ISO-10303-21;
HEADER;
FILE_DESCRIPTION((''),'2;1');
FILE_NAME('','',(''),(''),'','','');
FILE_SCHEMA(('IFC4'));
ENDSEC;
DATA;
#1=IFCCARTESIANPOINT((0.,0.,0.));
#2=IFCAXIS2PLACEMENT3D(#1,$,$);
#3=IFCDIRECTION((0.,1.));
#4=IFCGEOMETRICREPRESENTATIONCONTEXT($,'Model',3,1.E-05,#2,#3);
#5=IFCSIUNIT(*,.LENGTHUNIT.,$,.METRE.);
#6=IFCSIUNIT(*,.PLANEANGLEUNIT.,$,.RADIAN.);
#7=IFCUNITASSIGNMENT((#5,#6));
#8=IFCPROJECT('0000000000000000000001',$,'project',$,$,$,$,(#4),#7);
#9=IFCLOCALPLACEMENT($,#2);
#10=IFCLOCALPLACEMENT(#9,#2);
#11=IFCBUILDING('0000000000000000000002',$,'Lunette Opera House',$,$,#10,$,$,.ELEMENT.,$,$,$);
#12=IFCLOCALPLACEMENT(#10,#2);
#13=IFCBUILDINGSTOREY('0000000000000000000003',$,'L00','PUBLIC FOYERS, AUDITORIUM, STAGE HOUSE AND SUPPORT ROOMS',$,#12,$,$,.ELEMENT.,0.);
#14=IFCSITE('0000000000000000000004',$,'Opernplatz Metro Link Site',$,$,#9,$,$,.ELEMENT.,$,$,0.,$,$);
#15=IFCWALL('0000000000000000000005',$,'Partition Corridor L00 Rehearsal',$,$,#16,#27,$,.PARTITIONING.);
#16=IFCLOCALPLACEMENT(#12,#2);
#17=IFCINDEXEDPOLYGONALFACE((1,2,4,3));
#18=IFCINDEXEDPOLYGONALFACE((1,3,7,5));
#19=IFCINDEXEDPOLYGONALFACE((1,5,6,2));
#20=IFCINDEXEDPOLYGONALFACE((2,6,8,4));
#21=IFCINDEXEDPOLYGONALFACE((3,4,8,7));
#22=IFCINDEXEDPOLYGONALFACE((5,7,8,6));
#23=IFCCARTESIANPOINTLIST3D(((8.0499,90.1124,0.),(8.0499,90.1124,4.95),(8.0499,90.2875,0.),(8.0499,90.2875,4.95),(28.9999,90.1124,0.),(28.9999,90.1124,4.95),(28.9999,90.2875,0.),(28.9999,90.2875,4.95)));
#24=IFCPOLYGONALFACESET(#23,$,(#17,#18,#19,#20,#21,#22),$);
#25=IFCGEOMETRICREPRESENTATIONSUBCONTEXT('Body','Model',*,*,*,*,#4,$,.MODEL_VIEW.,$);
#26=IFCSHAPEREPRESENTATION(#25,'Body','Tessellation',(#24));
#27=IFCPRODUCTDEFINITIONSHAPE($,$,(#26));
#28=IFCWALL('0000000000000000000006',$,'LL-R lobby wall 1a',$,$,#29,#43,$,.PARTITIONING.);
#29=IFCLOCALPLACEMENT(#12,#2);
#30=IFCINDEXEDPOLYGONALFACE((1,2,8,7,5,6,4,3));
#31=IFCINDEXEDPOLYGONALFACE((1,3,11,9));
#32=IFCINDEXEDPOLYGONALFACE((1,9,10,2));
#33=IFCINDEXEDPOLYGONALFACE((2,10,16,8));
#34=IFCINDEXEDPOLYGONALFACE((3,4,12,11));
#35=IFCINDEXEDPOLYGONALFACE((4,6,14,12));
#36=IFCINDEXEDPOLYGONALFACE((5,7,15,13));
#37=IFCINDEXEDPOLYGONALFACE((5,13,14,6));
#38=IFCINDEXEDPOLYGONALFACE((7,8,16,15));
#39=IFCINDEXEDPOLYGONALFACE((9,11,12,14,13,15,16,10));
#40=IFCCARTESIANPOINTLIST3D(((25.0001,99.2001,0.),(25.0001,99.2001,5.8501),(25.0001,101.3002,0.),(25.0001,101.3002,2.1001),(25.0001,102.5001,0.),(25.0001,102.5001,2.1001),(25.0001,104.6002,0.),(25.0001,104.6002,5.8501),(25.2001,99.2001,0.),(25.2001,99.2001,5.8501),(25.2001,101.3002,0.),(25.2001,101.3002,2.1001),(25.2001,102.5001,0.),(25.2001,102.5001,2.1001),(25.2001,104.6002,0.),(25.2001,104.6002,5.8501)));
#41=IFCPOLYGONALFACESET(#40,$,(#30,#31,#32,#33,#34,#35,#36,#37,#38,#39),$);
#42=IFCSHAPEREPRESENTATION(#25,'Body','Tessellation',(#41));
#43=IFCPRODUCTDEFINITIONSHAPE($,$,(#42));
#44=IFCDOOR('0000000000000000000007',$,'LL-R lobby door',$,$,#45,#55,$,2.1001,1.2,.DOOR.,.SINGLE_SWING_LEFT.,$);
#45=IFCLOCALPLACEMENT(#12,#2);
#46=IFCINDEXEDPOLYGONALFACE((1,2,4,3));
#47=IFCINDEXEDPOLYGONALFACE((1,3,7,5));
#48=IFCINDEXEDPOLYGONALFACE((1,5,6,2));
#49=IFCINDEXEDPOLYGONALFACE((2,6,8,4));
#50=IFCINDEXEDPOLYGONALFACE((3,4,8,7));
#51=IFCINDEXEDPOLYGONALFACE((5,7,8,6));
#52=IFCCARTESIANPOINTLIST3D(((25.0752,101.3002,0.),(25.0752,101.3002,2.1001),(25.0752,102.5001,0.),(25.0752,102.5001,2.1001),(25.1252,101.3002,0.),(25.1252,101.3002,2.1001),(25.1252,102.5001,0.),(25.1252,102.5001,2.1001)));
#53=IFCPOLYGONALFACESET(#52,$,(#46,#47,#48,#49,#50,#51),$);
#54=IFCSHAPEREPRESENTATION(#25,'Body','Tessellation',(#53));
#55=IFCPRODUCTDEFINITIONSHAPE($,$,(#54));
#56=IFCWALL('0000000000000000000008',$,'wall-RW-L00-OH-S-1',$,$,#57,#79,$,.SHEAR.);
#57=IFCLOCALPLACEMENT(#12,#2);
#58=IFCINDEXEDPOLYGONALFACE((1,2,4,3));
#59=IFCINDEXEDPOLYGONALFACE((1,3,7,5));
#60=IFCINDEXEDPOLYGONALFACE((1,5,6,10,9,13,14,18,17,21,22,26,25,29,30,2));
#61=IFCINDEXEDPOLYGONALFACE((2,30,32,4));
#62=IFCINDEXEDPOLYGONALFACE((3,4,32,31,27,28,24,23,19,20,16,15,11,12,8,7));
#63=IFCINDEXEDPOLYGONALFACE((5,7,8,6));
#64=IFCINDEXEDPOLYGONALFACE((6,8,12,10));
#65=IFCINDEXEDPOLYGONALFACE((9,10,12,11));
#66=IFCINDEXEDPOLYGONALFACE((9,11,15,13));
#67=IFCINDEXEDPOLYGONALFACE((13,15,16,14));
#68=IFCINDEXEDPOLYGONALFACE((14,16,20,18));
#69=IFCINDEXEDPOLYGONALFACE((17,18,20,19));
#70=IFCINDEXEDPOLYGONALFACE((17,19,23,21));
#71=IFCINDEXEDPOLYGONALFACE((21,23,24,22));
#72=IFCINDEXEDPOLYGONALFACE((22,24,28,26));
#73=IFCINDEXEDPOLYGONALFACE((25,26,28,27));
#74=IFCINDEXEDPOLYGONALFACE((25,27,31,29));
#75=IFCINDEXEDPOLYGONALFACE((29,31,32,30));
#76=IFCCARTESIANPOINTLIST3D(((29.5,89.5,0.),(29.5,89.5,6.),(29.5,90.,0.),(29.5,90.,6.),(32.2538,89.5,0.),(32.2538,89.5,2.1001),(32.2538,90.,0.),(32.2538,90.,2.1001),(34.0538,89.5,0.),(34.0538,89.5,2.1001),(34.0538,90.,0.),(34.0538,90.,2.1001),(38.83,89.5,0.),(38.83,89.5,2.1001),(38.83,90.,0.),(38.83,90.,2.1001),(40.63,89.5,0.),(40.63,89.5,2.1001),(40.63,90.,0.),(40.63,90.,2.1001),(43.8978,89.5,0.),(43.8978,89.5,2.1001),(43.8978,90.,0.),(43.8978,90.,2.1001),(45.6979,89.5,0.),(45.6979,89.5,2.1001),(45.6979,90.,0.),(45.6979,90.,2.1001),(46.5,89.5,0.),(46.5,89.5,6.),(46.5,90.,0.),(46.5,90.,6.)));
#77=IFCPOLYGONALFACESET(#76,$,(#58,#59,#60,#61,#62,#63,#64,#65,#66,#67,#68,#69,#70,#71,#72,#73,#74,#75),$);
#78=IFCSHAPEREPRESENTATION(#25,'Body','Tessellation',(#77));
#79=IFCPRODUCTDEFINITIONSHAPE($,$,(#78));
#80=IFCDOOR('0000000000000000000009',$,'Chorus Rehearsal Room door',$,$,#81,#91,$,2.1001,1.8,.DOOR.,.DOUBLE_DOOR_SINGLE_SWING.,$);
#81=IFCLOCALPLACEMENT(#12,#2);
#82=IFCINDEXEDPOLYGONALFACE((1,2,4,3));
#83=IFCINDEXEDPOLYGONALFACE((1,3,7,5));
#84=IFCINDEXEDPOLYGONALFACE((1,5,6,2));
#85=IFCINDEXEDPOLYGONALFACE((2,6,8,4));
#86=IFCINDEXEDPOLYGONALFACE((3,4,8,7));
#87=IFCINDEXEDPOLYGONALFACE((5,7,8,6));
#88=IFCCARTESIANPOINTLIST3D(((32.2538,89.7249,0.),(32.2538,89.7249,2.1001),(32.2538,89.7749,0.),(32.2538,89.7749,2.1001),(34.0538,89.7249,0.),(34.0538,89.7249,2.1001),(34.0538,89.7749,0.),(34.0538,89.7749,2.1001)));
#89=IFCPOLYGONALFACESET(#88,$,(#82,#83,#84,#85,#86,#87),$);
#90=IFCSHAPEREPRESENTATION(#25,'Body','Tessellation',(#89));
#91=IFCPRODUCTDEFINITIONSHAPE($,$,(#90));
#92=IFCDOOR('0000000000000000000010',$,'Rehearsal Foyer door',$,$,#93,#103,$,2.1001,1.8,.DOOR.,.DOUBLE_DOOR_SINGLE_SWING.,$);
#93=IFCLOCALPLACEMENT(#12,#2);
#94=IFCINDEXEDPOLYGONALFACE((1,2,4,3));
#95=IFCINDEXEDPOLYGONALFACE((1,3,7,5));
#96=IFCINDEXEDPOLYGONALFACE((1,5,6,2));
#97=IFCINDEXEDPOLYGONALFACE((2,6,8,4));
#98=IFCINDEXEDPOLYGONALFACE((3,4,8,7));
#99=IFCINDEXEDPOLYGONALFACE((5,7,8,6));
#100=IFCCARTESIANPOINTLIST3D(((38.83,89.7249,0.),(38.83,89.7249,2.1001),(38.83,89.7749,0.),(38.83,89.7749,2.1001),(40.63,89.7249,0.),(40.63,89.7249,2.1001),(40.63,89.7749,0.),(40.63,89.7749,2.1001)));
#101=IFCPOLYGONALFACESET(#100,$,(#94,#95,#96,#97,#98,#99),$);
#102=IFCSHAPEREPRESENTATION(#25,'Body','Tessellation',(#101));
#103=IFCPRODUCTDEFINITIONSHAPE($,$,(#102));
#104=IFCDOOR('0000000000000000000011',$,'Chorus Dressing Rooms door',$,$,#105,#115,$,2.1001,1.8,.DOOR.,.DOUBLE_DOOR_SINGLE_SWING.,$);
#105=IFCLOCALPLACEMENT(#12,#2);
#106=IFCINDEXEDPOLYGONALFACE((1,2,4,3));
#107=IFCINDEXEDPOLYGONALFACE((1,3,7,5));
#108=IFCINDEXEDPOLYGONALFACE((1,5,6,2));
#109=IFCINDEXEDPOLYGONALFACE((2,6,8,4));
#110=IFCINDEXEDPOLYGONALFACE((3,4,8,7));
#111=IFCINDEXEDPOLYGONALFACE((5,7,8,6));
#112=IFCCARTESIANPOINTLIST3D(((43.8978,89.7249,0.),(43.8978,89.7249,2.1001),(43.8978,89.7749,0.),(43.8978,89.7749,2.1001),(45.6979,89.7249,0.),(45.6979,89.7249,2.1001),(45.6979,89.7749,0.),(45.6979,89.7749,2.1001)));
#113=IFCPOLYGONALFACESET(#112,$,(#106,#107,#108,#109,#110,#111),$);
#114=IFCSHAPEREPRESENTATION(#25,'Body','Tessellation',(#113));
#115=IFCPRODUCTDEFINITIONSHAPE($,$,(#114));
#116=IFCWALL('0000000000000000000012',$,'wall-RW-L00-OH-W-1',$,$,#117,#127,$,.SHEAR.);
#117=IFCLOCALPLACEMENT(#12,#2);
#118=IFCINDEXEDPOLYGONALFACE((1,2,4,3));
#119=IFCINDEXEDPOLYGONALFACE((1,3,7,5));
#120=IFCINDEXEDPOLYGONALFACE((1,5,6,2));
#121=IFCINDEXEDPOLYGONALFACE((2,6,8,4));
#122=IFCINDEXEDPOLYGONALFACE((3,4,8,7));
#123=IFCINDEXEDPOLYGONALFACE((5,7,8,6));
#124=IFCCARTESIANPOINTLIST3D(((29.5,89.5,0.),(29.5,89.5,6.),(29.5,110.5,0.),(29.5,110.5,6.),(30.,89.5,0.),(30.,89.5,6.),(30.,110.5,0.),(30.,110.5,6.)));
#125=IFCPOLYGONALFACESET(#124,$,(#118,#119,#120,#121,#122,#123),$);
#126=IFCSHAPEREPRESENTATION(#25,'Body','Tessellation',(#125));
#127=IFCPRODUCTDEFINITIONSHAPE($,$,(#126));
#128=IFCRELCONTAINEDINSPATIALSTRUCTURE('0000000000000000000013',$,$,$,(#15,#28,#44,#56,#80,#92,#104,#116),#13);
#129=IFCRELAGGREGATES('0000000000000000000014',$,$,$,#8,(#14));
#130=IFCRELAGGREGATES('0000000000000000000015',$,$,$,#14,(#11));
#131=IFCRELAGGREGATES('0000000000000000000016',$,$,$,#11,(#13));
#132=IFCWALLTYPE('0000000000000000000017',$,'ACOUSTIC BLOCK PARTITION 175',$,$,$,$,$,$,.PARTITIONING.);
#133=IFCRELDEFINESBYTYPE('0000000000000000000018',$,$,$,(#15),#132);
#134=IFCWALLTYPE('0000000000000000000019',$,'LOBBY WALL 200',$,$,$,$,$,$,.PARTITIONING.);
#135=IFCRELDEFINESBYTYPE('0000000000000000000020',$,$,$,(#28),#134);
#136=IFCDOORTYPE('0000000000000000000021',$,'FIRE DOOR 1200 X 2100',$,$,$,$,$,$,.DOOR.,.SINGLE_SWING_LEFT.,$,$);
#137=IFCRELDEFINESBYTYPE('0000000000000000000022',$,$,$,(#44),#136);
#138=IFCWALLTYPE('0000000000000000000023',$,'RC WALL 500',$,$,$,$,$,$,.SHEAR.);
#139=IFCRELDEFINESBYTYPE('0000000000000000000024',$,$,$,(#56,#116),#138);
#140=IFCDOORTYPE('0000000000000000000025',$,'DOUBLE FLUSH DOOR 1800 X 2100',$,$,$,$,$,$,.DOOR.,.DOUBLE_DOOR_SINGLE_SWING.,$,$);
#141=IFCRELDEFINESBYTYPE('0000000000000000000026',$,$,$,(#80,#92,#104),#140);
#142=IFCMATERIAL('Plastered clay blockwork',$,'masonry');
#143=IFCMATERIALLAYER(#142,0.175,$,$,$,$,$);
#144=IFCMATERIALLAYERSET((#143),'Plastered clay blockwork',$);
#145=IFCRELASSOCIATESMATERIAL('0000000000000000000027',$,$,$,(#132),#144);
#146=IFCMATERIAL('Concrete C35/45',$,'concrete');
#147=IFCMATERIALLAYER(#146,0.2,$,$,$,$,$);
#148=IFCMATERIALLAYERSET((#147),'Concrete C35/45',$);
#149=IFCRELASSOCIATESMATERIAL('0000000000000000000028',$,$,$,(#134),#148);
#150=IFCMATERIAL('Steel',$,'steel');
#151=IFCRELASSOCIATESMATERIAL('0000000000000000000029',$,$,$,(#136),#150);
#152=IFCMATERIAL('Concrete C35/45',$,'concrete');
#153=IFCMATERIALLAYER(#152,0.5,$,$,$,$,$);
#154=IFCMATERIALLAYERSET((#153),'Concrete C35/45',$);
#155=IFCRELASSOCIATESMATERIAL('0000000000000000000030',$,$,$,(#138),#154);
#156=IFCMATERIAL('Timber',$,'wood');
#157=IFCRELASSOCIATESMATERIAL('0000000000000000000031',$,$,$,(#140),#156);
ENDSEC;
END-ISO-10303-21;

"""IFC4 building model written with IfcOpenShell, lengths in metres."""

from ifc_helpers import new_model, si_unit, direction, frame, frame_2d, origin, place, context, subcontext, project, spatial, rectangle, extrude, material, layer, layer_set, type_object, element, fill, save


model = new_model("IFC4")

# Units and contexts
model_context = context("Model", 3, precision=1e-05, world=origin(), true_north=direction((0.0, 1.0)))
body_context = subcontext(model_context, "Body", "Model", "MODEL_VIEW")
ifc_project = project(units=[si_unit("LENGTHUNIT", "METRE"), si_unit("PLANEANGLEUNIT", "RADIAN")], contexts=[model_context])

# Site, building, storey
site_placement = place(None, origin())
site = spatial("IfcSite", under=ifc_project, at=site_placement, Name="Opernplatz Metro Link Site", CompositionType="ELEMENT", RefElevation=0.0)
building_placement = place(site_placement, origin())
building = spatial("IfcBuilding", under=site, at=building_placement, Name="Lunette Opera House", CompositionType="ELEMENT")
storey_placement = place(building_placement, origin())
storey = spatial("IfcBuildingStorey", under=building, at=storey_placement, Name="L00", Description="PUBLIC FOYERS, AUDITORIUM, STAGE HOUSE AND SUPPORT ROOMS", CompositionType="ELEMENT", Elevation=0.0)

# Wall
ifc_material_1 = material(Name="Plastered clay blockwork", Category="masonry")
ifc_layer_1 = layer(ifc_material_1, 0.175)
ifc_layer_set_1 = layer_set([ifc_layer_1], Name="Plastered clay blockwork")
wall_type_1 = type_object("IfcWallType", Name="ACOUSTIC BLOCK PARTITION 175", PredefinedType="PARTITIONING", material=ifc_layer_set_1)
wall_1_placement = place(storey_placement, frame((29.0, 90.2, 0.0), z_axis=(0.0, 0.0, 1.0), x_axis=(-1.0, 0.0, 0.0)))
element("IfcWall", 1, at=wall_1_placement, inside=storey, type_object=wall_type_1, Name="Partition Corridor L00 Rehearsal", PredefinedType="PARTITIONING", context=body_context, shape_type="SweptSolid", body=[
    extrude(rectangle(XDim=20.95, YDim=0.175, at=frame_2d((10.4751, 0.0))), origin(), (0.0, 0.0, 1.0), 4.95),
])

# Wall, opening, door
ifc_material_2 = material(Name="Concrete C35/45", Category="concrete")
ifc_layer_2 = layer(ifc_material_2, 0.2)
ifc_layer_set_2 = layer_set([ifc_layer_2], Name="Concrete C35/45")
wall_type_2 = type_object("IfcWallType", Name="LOBBY WALL 200", PredefinedType="PARTITIONING", material=ifc_layer_set_2)
wall_2_placement = place(storey_placement, frame((25.1001, 99.2, 0.0), z_axis=(0.0, 0.0, 1.0), x_axis=(0.0, 1.0, 0.0)))
wall_2 = element("IfcWall", 2, at=wall_2_placement, inside=storey, type_object=wall_type_2, Name="LL-R lobby wall 1a", PredefinedType="PARTITIONING", context=body_context, shape_type="SweptSolid", body=[
    extrude(rectangle(XDim=5.4001, YDim=0.2, at=frame_2d((2.7002, 0.0))), origin(), (0.0, 0.0, 1.0), 5.8501),
])
opening_1_placement = place(wall_2_placement, frame((2.1001, 0.0, 0.0)))
opening_1 = element("IfcOpeningElement", 3, at=opening_1_placement, cuts=wall_2, PredefinedType="OPENING", context=body_context, shape_type="SweptSolid", body=[
    extrude(rectangle(XDim=1.2, YDim=2.1001, at=frame_2d((0.6001, 1.05))), frame((0.0, 0.1121, 0.0), z_axis=(0.0, -1.0, 0.0), x_axis=(1.0, 0.0, 0.0)), (0.0, 0.0, 1.0), 0.2239),
])
ifc_material_3 = material(Name="Steel", Category="steel")
door_type_1 = type_object("IfcDoorType", Name="FIRE DOOR 1200 X 2100", OperationType="SINGLE_SWING_LEFT", PredefinedType="DOOR", material=ifc_material_3)
door_1_placement = place(opening_1_placement, origin())
door_1 = element("IfcDoor", 4, at=door_1_placement, inside=storey, type_object=door_type_1, Name="LL-R lobby door", OperationType="SINGLE_SWING_LEFT", OverallHeight=2.1001, OverallWidth=1.2, PredefinedType="DOOR", context=body_context, shape_type="SweptSolid", body=[
    extrude(rectangle(XDim=1.2, YDim=2.1001, at=frame_2d((0.6001, 1.05))), frame((0.0, 0.0249, 0.0), z_axis=(0.0, -1.0, 0.0), x_axis=(1.0, 0.0, 0.0)), (0.0, 0.0, 1.0), 0.05),
])
fill(opening_1, door_1)

# Wall, openings, doors
ifc_material_4 = material(Name="Concrete C35/45", Category="concrete")
ifc_layer_3 = layer(ifc_material_4, 0.5)
ifc_layer_set_3 = layer_set([ifc_layer_3], Name="Concrete C35/45")
wall_type_3 = type_object("IfcWallType", Name="RC WALL 500", PredefinedType="SHEAR", material=ifc_layer_set_3)
wall_3_placement = place(storey_placement, frame((29.5, 89.75, 0.0), z_axis=(0.0, 0.0, 1.0), x_axis=(1.0, 0.0, 0.0)))
wall_3 = element("IfcWall", 5, at=wall_3_placement, inside=storey, type_object=wall_type_3, Name="wall-RW-L00-OH-S-1", PredefinedType="SHEAR", context=body_context, shape_type="SweptSolid", body=[
    extrude(rectangle(XDim=17.0, YDim=0.5, at=frame_2d((8.5, 0.0))), origin(), (0.0, 0.0, 1.0), 6.0),
])
opening_2_placement = place(wall_3_placement, frame((2.7539, 0.0, 0.0)))
opening_2 = element("IfcOpeningElement", 6, at=opening_2_placement, cuts=wall_3, PredefinedType="OPENING", context=body_context, shape_type="SweptSolid", body=[
    extrude(rectangle(XDim=1.8, YDim=2.1001, at=frame_2d((0.8999, 1.05))), frame((0.0, 0.262, 0.0), z_axis=(0.0, -1.0, 0.0), x_axis=(1.0, 0.0, 0.0)), (0.0, 0.0, 1.0), 0.5239),
])
opening_3_placement = place(wall_3_placement, frame((9.3301, 0.0, 0.0)))
opening_3 = element("IfcOpeningElement", 7, at=opening_3_placement, cuts=wall_3, PredefinedType="OPENING", context=body_context, shape_type="SweptSolid", body=[
    extrude(rectangle(XDim=1.8, YDim=2.1001, at=frame_2d((0.8999, 1.05))), frame((0.0, 0.262, 0.0), z_axis=(0.0, -1.0, 0.0), x_axis=(1.0, 0.0, 0.0)), (0.0, 0.0, 1.0), 0.5239),
])
opening_4_placement = place(wall_3_placement, frame((14.3979, 0.0, 0.0)))
opening_4 = element("IfcOpeningElement", 8, at=opening_4_placement, cuts=wall_3, PredefinedType="OPENING", context=body_context, shape_type="SweptSolid", body=[
    extrude(rectangle(XDim=1.8, YDim=2.1001, at=frame_2d((0.8999, 1.05))), frame((0.0, 0.262, 0.0), z_axis=(0.0, -1.0, 0.0), x_axis=(1.0, 0.0, 0.0)), (0.0, 0.0, 1.0), 0.5239),
])
ifc_material_5 = material(Name="Timber", Category="wood")
door_type_2 = type_object("IfcDoorType", Name="DOUBLE FLUSH DOOR 1800 X 2100", OperationType="DOUBLE_DOOR_SINGLE_SWING", PredefinedType="DOOR", material=ifc_material_5)
door_2_placement = place(opening_2_placement, origin())
door_2 = element("IfcDoor", 9, at=door_2_placement, inside=storey, type_object=door_type_2, Name="Chorus Rehearsal Room door", OperationType="DOUBLE_DOOR_SINGLE_SWING", OverallHeight=2.1001, OverallWidth=1.8, PredefinedType="DOOR", context=body_context, shape_type="SweptSolid", body=[
    extrude(rectangle(XDim=1.8, YDim=2.1001, at=frame_2d((0.8999, 1.05))), frame((0.0, 0.0249, 0.0), z_axis=(0.0, -1.0, 0.0), x_axis=(1.0, 0.0, 0.0)), (0.0, 0.0, 1.0), 0.05),
])
fill(opening_2, door_2)
door_3_placement = place(opening_3_placement, origin())
door_3 = element("IfcDoor", 10, at=door_3_placement, inside=storey, type_object=door_type_2, Name="Rehearsal Foyer door", OperationType="DOUBLE_DOOR_SINGLE_SWING", OverallHeight=2.1001, OverallWidth=1.8, PredefinedType="DOOR", context=body_context, shape_type="SweptSolid", body=[
    extrude(rectangle(XDim=1.8, YDim=2.1001, at=frame_2d((0.8999, 1.05))), frame((0.0, 0.0249, 0.0), z_axis=(0.0, -1.0, 0.0), x_axis=(1.0, 0.0, 0.0)), (0.0, 0.0, 1.0), 0.05),
])
fill(opening_3, door_3)
door_4_placement = place(opening_4_placement, origin())
door_4 = element("IfcDoor", 11, at=door_4_placement, inside=storey, type_object=door_type_2, Name="Chorus Dressing Rooms door", OperationType="DOUBLE_DOOR_SINGLE_SWING", OverallHeight=2.1001, OverallWidth=1.8, PredefinedType="DOOR", context=body_context, shape_type="SweptSolid", body=[
    extrude(rectangle(XDim=1.8, YDim=2.1001, at=frame_2d((0.8999, 1.05))), frame((0.0, 0.0249, 0.0), z_axis=(0.0, -1.0, 0.0), x_axis=(1.0, 0.0, 0.0)), (0.0, 0.0, 1.0), 0.05),
])
fill(opening_4, door_4)

# Wall
wall_4_placement = place(storey_placement, frame((29.75, 89.5, 0.0), z_axis=(0.0, 0.0, 1.0), x_axis=(0.0, 1.0, 0.0)))
element("IfcWall", 12, at=wall_4_placement, inside=storey, type_object=wall_type_3, Name="wall-RW-L00-OH-W-1", PredefinedType="SHEAR", context=body_context, shape_type="SweptSolid", body=[
    extrude(rectangle(XDim=21.0, YDim=0.5, at=frame_2d((10.5, 0.0))), origin(), (0.0, 0.0, 1.0), 6.0),
])

save(model, "model.ifc")
